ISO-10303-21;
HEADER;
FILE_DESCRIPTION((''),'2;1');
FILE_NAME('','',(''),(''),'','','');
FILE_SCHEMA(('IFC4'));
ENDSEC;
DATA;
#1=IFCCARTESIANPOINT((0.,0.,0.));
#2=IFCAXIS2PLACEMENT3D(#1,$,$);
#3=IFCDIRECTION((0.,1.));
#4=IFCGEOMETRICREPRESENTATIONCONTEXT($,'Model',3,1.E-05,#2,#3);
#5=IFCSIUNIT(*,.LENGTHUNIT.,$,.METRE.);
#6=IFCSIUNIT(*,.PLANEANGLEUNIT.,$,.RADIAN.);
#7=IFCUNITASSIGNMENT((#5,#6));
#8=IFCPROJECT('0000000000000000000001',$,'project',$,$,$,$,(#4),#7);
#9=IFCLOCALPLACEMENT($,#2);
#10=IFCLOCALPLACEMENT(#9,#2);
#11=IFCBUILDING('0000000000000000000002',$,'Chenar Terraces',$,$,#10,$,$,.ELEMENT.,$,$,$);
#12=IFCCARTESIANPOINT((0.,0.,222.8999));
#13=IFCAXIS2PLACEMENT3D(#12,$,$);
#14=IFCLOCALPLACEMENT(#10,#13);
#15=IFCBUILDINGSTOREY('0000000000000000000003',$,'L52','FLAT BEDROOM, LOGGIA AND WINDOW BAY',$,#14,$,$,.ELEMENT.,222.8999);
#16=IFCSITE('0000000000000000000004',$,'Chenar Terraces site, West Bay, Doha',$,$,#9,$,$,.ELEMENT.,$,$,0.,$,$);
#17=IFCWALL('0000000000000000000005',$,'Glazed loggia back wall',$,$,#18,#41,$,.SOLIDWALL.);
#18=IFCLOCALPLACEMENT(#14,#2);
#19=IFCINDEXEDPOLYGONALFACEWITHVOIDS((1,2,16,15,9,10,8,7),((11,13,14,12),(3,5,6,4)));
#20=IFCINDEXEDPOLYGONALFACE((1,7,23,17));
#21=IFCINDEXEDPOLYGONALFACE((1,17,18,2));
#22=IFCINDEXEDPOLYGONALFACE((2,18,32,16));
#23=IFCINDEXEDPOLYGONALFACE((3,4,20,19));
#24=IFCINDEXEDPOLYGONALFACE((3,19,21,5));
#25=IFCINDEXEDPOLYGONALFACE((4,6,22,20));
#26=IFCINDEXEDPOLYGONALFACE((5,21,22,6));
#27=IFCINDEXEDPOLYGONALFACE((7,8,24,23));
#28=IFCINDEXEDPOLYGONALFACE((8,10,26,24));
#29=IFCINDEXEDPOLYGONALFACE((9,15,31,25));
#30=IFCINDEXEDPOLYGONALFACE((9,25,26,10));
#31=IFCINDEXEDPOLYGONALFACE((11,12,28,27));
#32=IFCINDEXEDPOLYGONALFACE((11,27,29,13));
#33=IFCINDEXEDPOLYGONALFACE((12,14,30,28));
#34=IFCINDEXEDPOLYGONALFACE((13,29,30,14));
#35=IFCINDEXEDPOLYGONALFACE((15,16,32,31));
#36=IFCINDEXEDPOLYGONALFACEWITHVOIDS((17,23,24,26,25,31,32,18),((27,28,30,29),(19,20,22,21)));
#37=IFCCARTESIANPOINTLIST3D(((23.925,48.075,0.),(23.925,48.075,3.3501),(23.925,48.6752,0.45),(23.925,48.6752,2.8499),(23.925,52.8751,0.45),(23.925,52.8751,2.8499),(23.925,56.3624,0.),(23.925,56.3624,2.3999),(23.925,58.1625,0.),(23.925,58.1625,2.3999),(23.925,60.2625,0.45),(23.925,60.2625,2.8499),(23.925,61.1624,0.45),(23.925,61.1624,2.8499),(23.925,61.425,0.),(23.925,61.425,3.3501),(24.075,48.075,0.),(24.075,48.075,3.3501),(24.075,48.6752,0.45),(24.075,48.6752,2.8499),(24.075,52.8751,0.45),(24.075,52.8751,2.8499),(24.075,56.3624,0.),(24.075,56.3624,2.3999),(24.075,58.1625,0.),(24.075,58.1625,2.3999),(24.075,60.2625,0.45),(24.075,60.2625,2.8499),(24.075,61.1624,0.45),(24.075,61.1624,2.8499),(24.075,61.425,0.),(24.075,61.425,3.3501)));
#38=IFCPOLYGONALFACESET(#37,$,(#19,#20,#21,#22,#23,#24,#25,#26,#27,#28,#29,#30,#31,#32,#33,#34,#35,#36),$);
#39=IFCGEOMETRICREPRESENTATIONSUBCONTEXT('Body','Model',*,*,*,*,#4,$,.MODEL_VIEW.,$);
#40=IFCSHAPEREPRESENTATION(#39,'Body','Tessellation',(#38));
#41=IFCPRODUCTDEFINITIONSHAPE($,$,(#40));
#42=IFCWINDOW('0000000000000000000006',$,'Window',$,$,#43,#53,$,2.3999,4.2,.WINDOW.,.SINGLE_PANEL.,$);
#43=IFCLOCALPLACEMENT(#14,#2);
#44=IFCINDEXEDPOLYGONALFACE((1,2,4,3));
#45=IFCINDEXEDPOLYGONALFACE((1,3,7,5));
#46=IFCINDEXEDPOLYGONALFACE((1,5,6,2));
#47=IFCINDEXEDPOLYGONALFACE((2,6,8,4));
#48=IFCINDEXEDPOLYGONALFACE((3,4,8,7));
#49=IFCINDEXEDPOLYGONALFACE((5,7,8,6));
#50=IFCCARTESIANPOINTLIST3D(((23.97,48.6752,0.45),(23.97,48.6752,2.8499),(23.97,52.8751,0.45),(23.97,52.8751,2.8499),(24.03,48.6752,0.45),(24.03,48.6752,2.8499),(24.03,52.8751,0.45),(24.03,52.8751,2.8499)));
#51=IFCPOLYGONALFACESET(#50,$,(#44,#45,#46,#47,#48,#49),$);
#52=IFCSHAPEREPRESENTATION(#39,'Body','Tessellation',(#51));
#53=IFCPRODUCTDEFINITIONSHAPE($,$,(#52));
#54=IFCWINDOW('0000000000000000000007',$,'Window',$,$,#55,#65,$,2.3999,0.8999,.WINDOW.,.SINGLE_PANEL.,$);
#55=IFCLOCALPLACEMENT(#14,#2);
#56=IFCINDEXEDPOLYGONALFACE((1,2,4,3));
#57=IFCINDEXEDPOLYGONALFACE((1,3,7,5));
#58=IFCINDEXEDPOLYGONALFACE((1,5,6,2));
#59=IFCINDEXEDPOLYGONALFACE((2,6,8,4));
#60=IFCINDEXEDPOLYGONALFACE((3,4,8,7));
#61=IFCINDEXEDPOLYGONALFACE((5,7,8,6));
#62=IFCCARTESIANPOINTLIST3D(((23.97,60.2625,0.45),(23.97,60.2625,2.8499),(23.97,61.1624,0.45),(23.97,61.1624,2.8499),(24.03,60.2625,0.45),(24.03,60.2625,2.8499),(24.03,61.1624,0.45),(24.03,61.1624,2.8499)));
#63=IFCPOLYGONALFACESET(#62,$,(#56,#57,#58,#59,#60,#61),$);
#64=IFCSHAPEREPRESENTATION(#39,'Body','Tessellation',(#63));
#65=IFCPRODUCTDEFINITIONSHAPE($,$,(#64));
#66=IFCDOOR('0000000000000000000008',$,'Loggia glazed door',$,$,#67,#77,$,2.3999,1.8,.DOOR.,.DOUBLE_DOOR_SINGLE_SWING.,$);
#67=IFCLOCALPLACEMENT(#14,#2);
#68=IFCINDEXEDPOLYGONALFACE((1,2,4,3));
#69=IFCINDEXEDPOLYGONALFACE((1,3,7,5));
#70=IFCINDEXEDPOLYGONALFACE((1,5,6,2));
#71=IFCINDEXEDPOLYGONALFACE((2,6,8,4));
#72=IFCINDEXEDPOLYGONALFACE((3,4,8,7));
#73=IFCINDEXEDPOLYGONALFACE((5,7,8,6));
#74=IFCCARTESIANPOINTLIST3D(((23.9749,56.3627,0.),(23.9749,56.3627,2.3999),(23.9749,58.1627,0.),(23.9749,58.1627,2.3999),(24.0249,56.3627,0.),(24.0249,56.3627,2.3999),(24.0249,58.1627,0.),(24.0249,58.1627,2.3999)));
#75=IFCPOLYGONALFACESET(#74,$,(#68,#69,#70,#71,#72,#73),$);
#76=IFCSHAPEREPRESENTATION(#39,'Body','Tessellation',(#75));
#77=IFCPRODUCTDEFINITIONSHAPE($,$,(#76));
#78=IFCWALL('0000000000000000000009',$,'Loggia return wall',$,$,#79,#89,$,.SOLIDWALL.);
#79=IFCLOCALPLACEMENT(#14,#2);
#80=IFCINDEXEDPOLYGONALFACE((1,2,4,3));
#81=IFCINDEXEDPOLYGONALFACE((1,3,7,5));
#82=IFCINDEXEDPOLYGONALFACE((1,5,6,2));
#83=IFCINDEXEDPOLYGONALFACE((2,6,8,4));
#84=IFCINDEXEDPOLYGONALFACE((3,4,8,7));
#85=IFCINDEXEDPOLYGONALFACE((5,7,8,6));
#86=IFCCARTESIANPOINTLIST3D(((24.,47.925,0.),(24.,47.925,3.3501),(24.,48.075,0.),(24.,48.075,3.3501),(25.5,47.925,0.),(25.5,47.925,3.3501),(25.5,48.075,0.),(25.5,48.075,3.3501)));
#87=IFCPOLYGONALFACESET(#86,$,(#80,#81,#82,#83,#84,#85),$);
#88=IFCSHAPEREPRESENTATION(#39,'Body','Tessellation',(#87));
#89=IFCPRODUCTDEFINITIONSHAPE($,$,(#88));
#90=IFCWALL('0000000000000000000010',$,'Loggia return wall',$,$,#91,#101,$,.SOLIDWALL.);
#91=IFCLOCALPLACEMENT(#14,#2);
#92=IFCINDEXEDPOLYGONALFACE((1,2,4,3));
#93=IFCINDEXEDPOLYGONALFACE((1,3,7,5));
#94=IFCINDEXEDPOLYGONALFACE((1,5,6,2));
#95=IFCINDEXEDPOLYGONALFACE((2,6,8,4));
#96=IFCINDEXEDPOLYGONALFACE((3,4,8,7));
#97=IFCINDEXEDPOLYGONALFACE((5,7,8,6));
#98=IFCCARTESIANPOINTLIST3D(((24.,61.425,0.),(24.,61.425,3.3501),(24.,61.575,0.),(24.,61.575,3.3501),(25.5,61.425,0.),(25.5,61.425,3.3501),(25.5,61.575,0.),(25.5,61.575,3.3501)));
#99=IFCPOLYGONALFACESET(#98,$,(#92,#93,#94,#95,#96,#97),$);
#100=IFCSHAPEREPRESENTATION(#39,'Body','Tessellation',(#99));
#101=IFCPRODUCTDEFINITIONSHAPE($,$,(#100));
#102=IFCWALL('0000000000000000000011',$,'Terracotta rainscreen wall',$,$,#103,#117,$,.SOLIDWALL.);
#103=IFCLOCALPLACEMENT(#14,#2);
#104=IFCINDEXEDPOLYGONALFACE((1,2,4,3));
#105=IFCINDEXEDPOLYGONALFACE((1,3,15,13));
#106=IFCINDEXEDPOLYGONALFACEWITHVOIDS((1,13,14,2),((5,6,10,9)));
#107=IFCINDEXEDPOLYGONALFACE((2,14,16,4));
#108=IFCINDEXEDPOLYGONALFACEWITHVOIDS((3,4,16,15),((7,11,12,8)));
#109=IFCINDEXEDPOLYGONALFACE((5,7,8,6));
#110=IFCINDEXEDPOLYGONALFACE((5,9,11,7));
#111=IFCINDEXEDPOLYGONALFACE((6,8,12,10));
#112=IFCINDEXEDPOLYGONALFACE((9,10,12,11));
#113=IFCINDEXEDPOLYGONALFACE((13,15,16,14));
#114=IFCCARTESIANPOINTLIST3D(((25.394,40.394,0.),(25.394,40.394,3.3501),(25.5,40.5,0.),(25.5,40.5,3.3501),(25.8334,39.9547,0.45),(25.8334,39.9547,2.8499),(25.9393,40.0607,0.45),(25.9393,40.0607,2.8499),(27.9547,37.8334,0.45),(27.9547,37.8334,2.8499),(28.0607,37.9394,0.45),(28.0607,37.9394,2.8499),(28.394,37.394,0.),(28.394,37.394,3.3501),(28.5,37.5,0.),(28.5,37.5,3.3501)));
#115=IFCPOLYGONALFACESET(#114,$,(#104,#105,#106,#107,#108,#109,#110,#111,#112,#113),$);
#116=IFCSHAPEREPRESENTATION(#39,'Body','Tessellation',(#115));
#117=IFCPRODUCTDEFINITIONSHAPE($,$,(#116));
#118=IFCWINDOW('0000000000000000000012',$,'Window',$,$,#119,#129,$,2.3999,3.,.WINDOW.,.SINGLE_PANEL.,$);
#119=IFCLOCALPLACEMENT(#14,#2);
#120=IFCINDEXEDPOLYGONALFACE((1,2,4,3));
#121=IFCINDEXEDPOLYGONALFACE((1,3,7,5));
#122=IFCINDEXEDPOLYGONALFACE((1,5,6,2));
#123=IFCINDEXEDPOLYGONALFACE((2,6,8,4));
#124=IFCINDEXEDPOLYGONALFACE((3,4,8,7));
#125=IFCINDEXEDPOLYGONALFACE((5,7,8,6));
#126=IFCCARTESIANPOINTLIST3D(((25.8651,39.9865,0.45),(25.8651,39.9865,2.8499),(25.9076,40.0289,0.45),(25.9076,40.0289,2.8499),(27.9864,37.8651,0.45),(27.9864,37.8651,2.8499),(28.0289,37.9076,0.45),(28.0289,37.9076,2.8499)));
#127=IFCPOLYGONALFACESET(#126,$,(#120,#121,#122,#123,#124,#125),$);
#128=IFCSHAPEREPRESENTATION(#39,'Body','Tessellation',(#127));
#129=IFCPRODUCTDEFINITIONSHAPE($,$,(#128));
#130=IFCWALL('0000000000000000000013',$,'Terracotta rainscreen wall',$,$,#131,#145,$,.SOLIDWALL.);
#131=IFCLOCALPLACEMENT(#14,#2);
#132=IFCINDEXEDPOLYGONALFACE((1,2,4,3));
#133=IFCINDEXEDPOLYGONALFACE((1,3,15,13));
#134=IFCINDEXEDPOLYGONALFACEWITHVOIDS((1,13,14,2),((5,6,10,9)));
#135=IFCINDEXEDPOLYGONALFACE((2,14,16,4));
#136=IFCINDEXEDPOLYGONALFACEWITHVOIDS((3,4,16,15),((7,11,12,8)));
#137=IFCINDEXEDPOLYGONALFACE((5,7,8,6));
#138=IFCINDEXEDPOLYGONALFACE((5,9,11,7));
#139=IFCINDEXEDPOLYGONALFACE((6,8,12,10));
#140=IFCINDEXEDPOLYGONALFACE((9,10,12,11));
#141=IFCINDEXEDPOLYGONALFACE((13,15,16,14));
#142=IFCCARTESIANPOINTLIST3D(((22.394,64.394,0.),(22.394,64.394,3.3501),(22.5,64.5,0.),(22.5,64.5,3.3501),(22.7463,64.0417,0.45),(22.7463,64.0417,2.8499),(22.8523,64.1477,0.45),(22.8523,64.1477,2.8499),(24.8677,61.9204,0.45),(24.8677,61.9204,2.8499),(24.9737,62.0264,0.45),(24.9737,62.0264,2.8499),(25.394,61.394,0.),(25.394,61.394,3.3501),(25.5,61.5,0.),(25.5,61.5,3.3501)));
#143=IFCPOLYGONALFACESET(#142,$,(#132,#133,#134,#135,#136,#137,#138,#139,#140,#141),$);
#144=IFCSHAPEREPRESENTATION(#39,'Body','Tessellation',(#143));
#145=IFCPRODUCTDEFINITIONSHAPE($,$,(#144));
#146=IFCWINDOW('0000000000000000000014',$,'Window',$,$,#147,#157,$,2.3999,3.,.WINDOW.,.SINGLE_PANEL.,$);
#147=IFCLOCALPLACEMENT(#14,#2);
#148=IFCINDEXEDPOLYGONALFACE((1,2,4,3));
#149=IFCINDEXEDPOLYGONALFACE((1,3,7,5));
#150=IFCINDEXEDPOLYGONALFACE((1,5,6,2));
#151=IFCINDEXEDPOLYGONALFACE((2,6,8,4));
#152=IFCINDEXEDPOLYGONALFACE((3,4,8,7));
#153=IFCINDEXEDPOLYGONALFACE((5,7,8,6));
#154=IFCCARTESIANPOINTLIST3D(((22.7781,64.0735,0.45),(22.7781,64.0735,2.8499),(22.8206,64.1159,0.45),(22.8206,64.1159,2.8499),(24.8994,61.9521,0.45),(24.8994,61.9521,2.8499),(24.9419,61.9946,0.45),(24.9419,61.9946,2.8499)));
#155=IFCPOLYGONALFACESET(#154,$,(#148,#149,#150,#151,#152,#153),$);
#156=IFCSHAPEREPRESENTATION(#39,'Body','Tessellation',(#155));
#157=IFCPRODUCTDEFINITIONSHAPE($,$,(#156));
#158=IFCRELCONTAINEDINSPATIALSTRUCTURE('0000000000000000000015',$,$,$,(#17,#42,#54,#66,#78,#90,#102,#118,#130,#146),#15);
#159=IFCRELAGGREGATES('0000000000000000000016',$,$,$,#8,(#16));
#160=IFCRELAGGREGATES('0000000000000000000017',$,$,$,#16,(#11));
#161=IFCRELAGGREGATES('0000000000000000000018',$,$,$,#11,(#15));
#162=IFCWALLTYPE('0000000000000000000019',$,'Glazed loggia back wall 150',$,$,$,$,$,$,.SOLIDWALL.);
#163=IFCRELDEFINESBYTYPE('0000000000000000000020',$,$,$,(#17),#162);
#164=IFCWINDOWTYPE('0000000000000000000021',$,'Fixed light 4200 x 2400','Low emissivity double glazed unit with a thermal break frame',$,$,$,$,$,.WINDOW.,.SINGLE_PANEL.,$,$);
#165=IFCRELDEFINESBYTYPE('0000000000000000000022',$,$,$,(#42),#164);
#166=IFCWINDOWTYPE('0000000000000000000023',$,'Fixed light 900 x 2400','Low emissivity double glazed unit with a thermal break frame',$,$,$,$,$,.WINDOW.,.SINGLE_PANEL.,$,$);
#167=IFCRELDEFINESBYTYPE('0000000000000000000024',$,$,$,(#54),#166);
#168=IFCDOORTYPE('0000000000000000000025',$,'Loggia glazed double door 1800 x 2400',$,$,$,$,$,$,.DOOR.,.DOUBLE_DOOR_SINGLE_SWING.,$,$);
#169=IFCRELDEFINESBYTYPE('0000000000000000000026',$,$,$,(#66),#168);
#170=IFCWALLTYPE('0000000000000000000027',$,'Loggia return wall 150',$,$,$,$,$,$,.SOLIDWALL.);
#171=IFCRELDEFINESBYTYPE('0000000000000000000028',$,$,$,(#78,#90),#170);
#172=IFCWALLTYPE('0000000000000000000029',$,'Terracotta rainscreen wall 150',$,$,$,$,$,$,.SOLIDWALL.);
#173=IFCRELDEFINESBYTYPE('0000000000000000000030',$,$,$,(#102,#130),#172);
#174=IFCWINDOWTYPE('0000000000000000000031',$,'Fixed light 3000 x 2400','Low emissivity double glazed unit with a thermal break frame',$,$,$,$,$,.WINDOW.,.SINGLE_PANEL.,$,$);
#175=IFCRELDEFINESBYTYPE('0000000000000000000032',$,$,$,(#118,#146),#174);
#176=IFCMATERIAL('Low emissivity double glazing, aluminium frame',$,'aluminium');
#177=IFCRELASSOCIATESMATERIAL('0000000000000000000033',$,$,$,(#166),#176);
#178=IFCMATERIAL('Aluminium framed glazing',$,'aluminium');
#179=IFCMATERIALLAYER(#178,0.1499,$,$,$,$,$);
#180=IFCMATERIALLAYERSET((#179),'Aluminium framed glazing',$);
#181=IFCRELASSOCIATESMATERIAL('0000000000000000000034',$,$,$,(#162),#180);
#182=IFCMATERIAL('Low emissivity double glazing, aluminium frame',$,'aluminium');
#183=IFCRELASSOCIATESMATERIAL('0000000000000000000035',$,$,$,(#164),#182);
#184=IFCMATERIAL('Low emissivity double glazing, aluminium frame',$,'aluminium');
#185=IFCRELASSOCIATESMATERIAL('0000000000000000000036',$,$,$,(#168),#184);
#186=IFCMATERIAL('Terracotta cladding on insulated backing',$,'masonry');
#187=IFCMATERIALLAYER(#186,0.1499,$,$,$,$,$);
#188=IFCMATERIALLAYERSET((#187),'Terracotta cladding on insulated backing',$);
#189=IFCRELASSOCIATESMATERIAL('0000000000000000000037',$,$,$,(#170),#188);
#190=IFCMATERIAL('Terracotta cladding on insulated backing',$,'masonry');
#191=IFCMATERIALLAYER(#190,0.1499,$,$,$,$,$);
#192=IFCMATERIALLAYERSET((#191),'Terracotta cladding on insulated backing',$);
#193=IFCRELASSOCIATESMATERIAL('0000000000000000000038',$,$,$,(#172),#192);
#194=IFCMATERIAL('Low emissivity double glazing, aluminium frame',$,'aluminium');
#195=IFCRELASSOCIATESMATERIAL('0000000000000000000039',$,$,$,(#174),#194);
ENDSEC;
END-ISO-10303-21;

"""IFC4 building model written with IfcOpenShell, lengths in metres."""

from ifc_helpers import new_model, si_unit, direction, frame, frame_2d, origin, place, context, subcontext, project, spatial, rectangle, extrude, material, layer, layer_set, type_object, element, fill, save


model = new_model("IFC4")

# Units and contexts
model_context = context("Model", 3, precision=1e-05, world=origin(), true_north=direction((0.0, 1.0)))
body_context = subcontext(model_context, "Body", "Model", "MODEL_VIEW")
ifc_project = project(units=[si_unit("LENGTHUNIT", "METRE"), si_unit("PLANEANGLEUNIT", "RADIAN")], contexts=[model_context])

# Site, building, storey
site_placement = place(None, origin())
site = spatial("IfcSite", under=ifc_project, at=site_placement, Name="Chenar Terraces site, West Bay, Doha", CompositionType="ELEMENT", RefElevation=0.0)
building_placement = place(site_placement, origin())
building = spatial("IfcBuilding", under=site, at=building_placement, Name="Chenar Terraces", CompositionType="ELEMENT")
storey_placement = place(building_placement, frame((0.0, 0.0, 222.8999)))
storey = spatial("IfcBuildingStorey", under=building, at=storey_placement, Name="L52", Description="FLAT BEDROOM, LOGGIA AND WINDOW BAY", CompositionType="ELEMENT", Elevation=222.8999)

# Shared definitions
ifc_material_1 = material(Name="Low emissivity double glazing, aluminium frame", Category="aluminium")
window_type_1 = type_object("IfcWindowType", Name="Fixed light 900 x 2400", Description="Low emissivity double glazed unit with a thermal break frame", PartitioningType="SINGLE_PANEL", PredefinedType="WINDOW", material=ifc_material_1)

# Wall, openings, windows, door
ifc_material_2 = material(Name="Aluminium framed glazing", Category="aluminium")
ifc_layer_1 = layer(ifc_material_2, 0.1499)
ifc_layer_set_1 = layer_set([ifc_layer_1], Name="Aluminium framed glazing")
wall_type_1 = type_object("IfcWallType", Name="Glazed loggia back wall 150", PredefinedType="SOLIDWALL", material=ifc_layer_set_1)
wall_1_placement = place(storey_placement, frame((24.0, 48.075, 0.0), z_axis=(0.0, 0.0, 1.0), x_axis=(0.0, 1.0, 0.0)))
wall_1 = element("IfcWall", 1, at=wall_1_placement, inside=storey, type_object=wall_type_1, Name="Glazed loggia back wall", PredefinedType="SOLIDWALL", context=body_context, shape_type="SweptSolid", body=[
    extrude(rectangle(XDim=13.3501, YDim=0.1499, at=frame_2d((6.675, 0.0))), origin(), (0.0, 0.0, 1.0), 3.3501),
])
opening_1_placement = place(wall_1_placement, frame((0.6001, 0.0, 0.45)))
opening_1 = element("IfcOpeningElement", 2, at=opening_1_placement, cuts=wall_1, PredefinedType="OPENING", context=body_context, shape_type="SweptSolid", body=[
    extrude(rectangle(XDim=4.2, YDim=2.3999, at=frame_2d((2.1001, 1.2))), frame((0.0, 0.085, 0.0), z_axis=(0.0, -1.0, 0.0), x_axis=(1.0, 0.0, 0.0)), (0.0, 0.0, 1.0), 0.1699),
])
opening_2_placement = place(wall_1_placement, frame((8.2876, 0.0, 0.0)))
opening_2 = element("IfcOpeningElement", 3, at=opening_2_placement, cuts=wall_1, PredefinedType="OPENING", context=body_context, shape_type="SweptSolid", body=[
    extrude(rectangle(XDim=1.8, YDim=2.3999, at=frame_2d((0.8999, 1.2))), frame((0.0, 0.085, 0.0), z_axis=(0.0, -1.0, 0.0), x_axis=(1.0, 0.0, 0.0)), (0.0, 0.0, 1.0), 0.1699),
])
opening_3_placement = place(wall_1_placement, frame((12.1875, 0.0, 0.45)))
opening_3 = element("IfcOpeningElement", 4, at=opening_3_placement, cuts=wall_1, PredefinedType="OPENING", context=body_context, shape_type="SweptSolid", body=[
    extrude(rectangle(XDim=0.8999, YDim=2.3999, at=frame_2d((0.45, 1.2))), frame((0.0, 0.085, 0.0), z_axis=(0.0, -1.0, 0.0), x_axis=(1.0, 0.0, 0.0)), (0.0, 0.0, 1.0), 0.1699),
])
ifc_material_3 = material(Name="Low emissivity double glazing, aluminium frame", Category="aluminium")
window_type_2 = type_object("IfcWindowType", Name="Fixed light 4200 x 2400", Description="Low emissivity double glazed unit with a thermal break frame", PartitioningType="SINGLE_PANEL", PredefinedType="WINDOW", material=ifc_material_3)
window_1_placement = place(opening_1_placement, origin())
window_1 = element("IfcWindow", 5, at=window_1_placement, inside=storey, type_object=window_type_2, Name="Window", OverallHeight=2.3999, OverallWidth=4.2, PartitioningType="SINGLE_PANEL", PredefinedType="WINDOW", context=body_context, shape_type="SweptSolid", body=[
    extrude(rectangle(XDim=4.2, YDim=2.3999, at=frame_2d((2.1001, 1.2))), frame((0.0, 0.03, 0.0), z_axis=(0.0, -1.0, 0.0), x_axis=(1.0, 0.0, 0.0)), (0.0, 0.0, 1.0), 0.0601),
])
fill(opening_1, window_1)
window_2_placement = place(opening_3_placement, origin())
window_2 = element("IfcWindow", 6, at=window_2_placement, inside=storey, type_object=window_type_1, Name="Window", OverallHeight=2.3999, OverallWidth=0.8999, PartitioningType="SINGLE_PANEL", PredefinedType="WINDOW", context=body_context, shape_type="SweptSolid", body=[
    extrude(rectangle(XDim=0.8999, YDim=2.3999, at=frame_2d((0.45, 1.2))), frame((0.0, 0.03, 0.0), z_axis=(0.0, -1.0, 0.0), x_axis=(1.0, 0.0, 0.0)), (0.0, 0.0, 1.0), 0.0601),
])
fill(opening_3, window_2)
ifc_material_4 = material(Name="Low emissivity double glazing, aluminium frame", Category="aluminium")
door_type = type_object("IfcDoorType", Name="Loggia glazed double door 1800 x 2400", OperationType="DOUBLE_DOOR_SINGLE_SWING", PredefinedType="DOOR", material=ifc_material_4)
door_placement = place(opening_2_placement, frame((1.8, 0.0, 0.0), z_axis=(0.0, 0.0, 1.0), x_axis=(-1.0, 0.0, 0.0)))
door = element("IfcDoor", 7, at=door_placement, inside=storey, type_object=door_type, Name="Loggia glazed door", OperationType="DOUBLE_DOOR_SINGLE_SWING", OverallHeight=2.3999, OverallWidth=1.8, PredefinedType="DOOR", context=body_context, shape_type="SweptSolid", body=[
    extrude(rectangle(XDim=1.8, YDim=2.3999, at=frame_2d((0.8999, 1.2))), frame((0.0, 0.0249, 0.0), z_axis=(0.0, -1.0, 0.0), x_axis=(1.0, 0.0, 0.0)), (0.0, 0.0, 1.0), 0.05),
])
fill(opening_2, door)

# Walls
ifc_material_5 = material(Name="Terracotta cladding on insulated backing", Category="masonry")
ifc_layer_2 = layer(ifc_material_5, 0.1499)
ifc_layer_set_2 = layer_set([ifc_layer_2], Name="Terracotta cladding on insulated backing")
wall_type_2 = type_object("IfcWallType", Name="Loggia return wall 150", PredefinedType="SOLIDWALL", material=ifc_layer_set_2)
for number, where, z_axis, x_axis, name in (
    (8, (25.5, 48.0, 0.0), (0.0, 0.0, 1.0), (-1.0, 0.0, 0.0), "Loggia return wall"),
    (9, (25.5, 61.5, 0.0), (0.0, 0.0, 1.0), (-1.0, 0.0, 0.0), "Loggia return wall"),
):
    element("IfcWall", number, at=place(storey_placement, frame(where, z_axis=z_axis, x_axis=x_axis)), inside=storey, type_object=wall_type_2, Name=name, PredefinedType="SOLIDWALL", context=body_context, shape_type="SweptSolid", body=[
        extrude(rectangle(XDim=1.5, YDim=0.1499, at=frame_2d((0.75, 0.0))), origin(), (0.0, 0.0, 1.0), 3.3501),
    ])

# Walls, openings, windows
ifc_material_6 = material(Name="Terracotta cladding on insulated backing", Category="masonry")
ifc_layer_3 = layer(ifc_material_6, 0.1499)
ifc_layer_set_3 = layer_set([ifc_layer_3], Name="Terracotta cladding on insulated backing")
wall_type_3 = type_object("IfcWallType", Name="Terracotta rainscreen wall 150", PredefinedType="SOLIDWALL", material=ifc_layer_set_3)
wall_2_placement = place(storey_placement, frame((28.447, 37.447, 0.0), z_axis=(0.0, 0.0, 1.0), x_axis=(-0.707107, 0.707107, 0.0)))
wall_2 = element("IfcWall", 10, at=wall_2_placement, inside=storey, type_object=wall_type_3, Name="Terracotta rainscreen wall", PredefinedType="SOLIDWALL", context=body_context, shape_type="SweptSolid", body=[
    extrude(rectangle(XDim=4.2427, YDim=0.1499, at=frame_2d((2.1213, 0.0))), origin(), (0.0, 0.0, 1.0), 3.3501),
])
opening_4_placement = place(wall_2_placement, frame((0.6213, 0.0, 0.45)))
opening_4 = element("IfcOpeningElement", 11, at=opening_4_placement, cuts=wall_2, PredefinedType="OPENING", context=body_context, shape_type="SweptSolid", body=[
    extrude(rectangle(XDim=3.0, YDim=2.3999, at=frame_2d((1.5, 1.2))), frame((0.0, 0.085, 0.0), z_axis=(0.0, -1.0, 0.0), x_axis=(1.0, 0.0, 0.0)), (0.0, 0.0, 1.0), 0.1699),
])
ifc_material_7 = material(Name="Low emissivity double glazing, aluminium frame", Category="aluminium")
window_type_3 = type_object("IfcWindowType", Name="Fixed light 3000 x 2400", Description="Low emissivity double glazed unit with a thermal break frame", PartitioningType="SINGLE_PANEL", PredefinedType="WINDOW", material=ifc_material_7)
window_3_placement = place(opening_4_placement, origin())
window_3 = element("IfcWindow", 12, at=window_3_placement, inside=storey, type_object=window_type_3, Name="Window", OverallHeight=2.3999, OverallWidth=3.0, PartitioningType="SINGLE_PANEL", PredefinedType="WINDOW", context=body_context, shape_type="SweptSolid", body=[
    extrude(rectangle(XDim=3.0, YDim=2.3999, at=frame_2d((1.5, 1.2))), frame((0.0, 0.03, 0.0), z_axis=(0.0, -1.0, 0.0), x_axis=(1.0, 0.0, 0.0)), (0.0, 0.0, 1.0), 0.0601),
])
fill(opening_4, window_3)
wall_3_placement = place(storey_placement, frame((25.447, 61.447, 0.0), z_axis=(0.0, 0.0, 1.0), x_axis=(-0.707107, 0.707107, 0.0)))
wall_3 = element("IfcWall", 13, at=wall_3_placement, inside=storey, type_object=wall_type_3, Name="Terracotta rainscreen wall", PredefinedType="SOLIDWALL", context=body_context, shape_type="SweptSolid", body=[
    extrude(rectangle(XDim=4.2427, YDim=0.1499, at=frame_2d((2.1213, 0.0))), origin(), (0.0, 0.0, 1.0), 3.3501),
])
opening_5_placement = place(wall_3_placement, frame((0.7444, 0.0, 0.45)))
opening_5 = element("IfcOpeningElement", 14, at=opening_5_placement, cuts=wall_3, PredefinedType="OPENING", context=body_context, shape_type="SweptSolid", body=[
    extrude(rectangle(XDim=3.0, YDim=2.3999, at=frame_2d((1.5, 1.2))), frame((0.0, 0.085, 0.0), z_axis=(0.0, -1.0, 0.0), x_axis=(1.0, 0.0, 0.0)), (0.0, 0.0, 1.0), 0.1699),
])
window_4_placement = place(opening_5_placement, origin())
window_4 = element("IfcWindow", 15, at=window_4_placement, inside=storey, type_object=window_type_3, Name="Window", OverallHeight=2.3999, OverallWidth=3.0, PartitioningType="SINGLE_PANEL", PredefinedType="WINDOW", context=body_context, shape_type="SweptSolid", body=[
    extrude(rectangle(XDim=3.0, YDim=2.3999, at=frame_2d((1.5, 1.2))), frame((0.0, 0.03, 0.0), z_axis=(0.0, -1.0, 0.0), x_axis=(1.0, 0.0, 0.0)), (0.0, 0.0, 1.0), 0.0601),
])
fill(opening_5, window_4)

save(model, "model.ifc")
